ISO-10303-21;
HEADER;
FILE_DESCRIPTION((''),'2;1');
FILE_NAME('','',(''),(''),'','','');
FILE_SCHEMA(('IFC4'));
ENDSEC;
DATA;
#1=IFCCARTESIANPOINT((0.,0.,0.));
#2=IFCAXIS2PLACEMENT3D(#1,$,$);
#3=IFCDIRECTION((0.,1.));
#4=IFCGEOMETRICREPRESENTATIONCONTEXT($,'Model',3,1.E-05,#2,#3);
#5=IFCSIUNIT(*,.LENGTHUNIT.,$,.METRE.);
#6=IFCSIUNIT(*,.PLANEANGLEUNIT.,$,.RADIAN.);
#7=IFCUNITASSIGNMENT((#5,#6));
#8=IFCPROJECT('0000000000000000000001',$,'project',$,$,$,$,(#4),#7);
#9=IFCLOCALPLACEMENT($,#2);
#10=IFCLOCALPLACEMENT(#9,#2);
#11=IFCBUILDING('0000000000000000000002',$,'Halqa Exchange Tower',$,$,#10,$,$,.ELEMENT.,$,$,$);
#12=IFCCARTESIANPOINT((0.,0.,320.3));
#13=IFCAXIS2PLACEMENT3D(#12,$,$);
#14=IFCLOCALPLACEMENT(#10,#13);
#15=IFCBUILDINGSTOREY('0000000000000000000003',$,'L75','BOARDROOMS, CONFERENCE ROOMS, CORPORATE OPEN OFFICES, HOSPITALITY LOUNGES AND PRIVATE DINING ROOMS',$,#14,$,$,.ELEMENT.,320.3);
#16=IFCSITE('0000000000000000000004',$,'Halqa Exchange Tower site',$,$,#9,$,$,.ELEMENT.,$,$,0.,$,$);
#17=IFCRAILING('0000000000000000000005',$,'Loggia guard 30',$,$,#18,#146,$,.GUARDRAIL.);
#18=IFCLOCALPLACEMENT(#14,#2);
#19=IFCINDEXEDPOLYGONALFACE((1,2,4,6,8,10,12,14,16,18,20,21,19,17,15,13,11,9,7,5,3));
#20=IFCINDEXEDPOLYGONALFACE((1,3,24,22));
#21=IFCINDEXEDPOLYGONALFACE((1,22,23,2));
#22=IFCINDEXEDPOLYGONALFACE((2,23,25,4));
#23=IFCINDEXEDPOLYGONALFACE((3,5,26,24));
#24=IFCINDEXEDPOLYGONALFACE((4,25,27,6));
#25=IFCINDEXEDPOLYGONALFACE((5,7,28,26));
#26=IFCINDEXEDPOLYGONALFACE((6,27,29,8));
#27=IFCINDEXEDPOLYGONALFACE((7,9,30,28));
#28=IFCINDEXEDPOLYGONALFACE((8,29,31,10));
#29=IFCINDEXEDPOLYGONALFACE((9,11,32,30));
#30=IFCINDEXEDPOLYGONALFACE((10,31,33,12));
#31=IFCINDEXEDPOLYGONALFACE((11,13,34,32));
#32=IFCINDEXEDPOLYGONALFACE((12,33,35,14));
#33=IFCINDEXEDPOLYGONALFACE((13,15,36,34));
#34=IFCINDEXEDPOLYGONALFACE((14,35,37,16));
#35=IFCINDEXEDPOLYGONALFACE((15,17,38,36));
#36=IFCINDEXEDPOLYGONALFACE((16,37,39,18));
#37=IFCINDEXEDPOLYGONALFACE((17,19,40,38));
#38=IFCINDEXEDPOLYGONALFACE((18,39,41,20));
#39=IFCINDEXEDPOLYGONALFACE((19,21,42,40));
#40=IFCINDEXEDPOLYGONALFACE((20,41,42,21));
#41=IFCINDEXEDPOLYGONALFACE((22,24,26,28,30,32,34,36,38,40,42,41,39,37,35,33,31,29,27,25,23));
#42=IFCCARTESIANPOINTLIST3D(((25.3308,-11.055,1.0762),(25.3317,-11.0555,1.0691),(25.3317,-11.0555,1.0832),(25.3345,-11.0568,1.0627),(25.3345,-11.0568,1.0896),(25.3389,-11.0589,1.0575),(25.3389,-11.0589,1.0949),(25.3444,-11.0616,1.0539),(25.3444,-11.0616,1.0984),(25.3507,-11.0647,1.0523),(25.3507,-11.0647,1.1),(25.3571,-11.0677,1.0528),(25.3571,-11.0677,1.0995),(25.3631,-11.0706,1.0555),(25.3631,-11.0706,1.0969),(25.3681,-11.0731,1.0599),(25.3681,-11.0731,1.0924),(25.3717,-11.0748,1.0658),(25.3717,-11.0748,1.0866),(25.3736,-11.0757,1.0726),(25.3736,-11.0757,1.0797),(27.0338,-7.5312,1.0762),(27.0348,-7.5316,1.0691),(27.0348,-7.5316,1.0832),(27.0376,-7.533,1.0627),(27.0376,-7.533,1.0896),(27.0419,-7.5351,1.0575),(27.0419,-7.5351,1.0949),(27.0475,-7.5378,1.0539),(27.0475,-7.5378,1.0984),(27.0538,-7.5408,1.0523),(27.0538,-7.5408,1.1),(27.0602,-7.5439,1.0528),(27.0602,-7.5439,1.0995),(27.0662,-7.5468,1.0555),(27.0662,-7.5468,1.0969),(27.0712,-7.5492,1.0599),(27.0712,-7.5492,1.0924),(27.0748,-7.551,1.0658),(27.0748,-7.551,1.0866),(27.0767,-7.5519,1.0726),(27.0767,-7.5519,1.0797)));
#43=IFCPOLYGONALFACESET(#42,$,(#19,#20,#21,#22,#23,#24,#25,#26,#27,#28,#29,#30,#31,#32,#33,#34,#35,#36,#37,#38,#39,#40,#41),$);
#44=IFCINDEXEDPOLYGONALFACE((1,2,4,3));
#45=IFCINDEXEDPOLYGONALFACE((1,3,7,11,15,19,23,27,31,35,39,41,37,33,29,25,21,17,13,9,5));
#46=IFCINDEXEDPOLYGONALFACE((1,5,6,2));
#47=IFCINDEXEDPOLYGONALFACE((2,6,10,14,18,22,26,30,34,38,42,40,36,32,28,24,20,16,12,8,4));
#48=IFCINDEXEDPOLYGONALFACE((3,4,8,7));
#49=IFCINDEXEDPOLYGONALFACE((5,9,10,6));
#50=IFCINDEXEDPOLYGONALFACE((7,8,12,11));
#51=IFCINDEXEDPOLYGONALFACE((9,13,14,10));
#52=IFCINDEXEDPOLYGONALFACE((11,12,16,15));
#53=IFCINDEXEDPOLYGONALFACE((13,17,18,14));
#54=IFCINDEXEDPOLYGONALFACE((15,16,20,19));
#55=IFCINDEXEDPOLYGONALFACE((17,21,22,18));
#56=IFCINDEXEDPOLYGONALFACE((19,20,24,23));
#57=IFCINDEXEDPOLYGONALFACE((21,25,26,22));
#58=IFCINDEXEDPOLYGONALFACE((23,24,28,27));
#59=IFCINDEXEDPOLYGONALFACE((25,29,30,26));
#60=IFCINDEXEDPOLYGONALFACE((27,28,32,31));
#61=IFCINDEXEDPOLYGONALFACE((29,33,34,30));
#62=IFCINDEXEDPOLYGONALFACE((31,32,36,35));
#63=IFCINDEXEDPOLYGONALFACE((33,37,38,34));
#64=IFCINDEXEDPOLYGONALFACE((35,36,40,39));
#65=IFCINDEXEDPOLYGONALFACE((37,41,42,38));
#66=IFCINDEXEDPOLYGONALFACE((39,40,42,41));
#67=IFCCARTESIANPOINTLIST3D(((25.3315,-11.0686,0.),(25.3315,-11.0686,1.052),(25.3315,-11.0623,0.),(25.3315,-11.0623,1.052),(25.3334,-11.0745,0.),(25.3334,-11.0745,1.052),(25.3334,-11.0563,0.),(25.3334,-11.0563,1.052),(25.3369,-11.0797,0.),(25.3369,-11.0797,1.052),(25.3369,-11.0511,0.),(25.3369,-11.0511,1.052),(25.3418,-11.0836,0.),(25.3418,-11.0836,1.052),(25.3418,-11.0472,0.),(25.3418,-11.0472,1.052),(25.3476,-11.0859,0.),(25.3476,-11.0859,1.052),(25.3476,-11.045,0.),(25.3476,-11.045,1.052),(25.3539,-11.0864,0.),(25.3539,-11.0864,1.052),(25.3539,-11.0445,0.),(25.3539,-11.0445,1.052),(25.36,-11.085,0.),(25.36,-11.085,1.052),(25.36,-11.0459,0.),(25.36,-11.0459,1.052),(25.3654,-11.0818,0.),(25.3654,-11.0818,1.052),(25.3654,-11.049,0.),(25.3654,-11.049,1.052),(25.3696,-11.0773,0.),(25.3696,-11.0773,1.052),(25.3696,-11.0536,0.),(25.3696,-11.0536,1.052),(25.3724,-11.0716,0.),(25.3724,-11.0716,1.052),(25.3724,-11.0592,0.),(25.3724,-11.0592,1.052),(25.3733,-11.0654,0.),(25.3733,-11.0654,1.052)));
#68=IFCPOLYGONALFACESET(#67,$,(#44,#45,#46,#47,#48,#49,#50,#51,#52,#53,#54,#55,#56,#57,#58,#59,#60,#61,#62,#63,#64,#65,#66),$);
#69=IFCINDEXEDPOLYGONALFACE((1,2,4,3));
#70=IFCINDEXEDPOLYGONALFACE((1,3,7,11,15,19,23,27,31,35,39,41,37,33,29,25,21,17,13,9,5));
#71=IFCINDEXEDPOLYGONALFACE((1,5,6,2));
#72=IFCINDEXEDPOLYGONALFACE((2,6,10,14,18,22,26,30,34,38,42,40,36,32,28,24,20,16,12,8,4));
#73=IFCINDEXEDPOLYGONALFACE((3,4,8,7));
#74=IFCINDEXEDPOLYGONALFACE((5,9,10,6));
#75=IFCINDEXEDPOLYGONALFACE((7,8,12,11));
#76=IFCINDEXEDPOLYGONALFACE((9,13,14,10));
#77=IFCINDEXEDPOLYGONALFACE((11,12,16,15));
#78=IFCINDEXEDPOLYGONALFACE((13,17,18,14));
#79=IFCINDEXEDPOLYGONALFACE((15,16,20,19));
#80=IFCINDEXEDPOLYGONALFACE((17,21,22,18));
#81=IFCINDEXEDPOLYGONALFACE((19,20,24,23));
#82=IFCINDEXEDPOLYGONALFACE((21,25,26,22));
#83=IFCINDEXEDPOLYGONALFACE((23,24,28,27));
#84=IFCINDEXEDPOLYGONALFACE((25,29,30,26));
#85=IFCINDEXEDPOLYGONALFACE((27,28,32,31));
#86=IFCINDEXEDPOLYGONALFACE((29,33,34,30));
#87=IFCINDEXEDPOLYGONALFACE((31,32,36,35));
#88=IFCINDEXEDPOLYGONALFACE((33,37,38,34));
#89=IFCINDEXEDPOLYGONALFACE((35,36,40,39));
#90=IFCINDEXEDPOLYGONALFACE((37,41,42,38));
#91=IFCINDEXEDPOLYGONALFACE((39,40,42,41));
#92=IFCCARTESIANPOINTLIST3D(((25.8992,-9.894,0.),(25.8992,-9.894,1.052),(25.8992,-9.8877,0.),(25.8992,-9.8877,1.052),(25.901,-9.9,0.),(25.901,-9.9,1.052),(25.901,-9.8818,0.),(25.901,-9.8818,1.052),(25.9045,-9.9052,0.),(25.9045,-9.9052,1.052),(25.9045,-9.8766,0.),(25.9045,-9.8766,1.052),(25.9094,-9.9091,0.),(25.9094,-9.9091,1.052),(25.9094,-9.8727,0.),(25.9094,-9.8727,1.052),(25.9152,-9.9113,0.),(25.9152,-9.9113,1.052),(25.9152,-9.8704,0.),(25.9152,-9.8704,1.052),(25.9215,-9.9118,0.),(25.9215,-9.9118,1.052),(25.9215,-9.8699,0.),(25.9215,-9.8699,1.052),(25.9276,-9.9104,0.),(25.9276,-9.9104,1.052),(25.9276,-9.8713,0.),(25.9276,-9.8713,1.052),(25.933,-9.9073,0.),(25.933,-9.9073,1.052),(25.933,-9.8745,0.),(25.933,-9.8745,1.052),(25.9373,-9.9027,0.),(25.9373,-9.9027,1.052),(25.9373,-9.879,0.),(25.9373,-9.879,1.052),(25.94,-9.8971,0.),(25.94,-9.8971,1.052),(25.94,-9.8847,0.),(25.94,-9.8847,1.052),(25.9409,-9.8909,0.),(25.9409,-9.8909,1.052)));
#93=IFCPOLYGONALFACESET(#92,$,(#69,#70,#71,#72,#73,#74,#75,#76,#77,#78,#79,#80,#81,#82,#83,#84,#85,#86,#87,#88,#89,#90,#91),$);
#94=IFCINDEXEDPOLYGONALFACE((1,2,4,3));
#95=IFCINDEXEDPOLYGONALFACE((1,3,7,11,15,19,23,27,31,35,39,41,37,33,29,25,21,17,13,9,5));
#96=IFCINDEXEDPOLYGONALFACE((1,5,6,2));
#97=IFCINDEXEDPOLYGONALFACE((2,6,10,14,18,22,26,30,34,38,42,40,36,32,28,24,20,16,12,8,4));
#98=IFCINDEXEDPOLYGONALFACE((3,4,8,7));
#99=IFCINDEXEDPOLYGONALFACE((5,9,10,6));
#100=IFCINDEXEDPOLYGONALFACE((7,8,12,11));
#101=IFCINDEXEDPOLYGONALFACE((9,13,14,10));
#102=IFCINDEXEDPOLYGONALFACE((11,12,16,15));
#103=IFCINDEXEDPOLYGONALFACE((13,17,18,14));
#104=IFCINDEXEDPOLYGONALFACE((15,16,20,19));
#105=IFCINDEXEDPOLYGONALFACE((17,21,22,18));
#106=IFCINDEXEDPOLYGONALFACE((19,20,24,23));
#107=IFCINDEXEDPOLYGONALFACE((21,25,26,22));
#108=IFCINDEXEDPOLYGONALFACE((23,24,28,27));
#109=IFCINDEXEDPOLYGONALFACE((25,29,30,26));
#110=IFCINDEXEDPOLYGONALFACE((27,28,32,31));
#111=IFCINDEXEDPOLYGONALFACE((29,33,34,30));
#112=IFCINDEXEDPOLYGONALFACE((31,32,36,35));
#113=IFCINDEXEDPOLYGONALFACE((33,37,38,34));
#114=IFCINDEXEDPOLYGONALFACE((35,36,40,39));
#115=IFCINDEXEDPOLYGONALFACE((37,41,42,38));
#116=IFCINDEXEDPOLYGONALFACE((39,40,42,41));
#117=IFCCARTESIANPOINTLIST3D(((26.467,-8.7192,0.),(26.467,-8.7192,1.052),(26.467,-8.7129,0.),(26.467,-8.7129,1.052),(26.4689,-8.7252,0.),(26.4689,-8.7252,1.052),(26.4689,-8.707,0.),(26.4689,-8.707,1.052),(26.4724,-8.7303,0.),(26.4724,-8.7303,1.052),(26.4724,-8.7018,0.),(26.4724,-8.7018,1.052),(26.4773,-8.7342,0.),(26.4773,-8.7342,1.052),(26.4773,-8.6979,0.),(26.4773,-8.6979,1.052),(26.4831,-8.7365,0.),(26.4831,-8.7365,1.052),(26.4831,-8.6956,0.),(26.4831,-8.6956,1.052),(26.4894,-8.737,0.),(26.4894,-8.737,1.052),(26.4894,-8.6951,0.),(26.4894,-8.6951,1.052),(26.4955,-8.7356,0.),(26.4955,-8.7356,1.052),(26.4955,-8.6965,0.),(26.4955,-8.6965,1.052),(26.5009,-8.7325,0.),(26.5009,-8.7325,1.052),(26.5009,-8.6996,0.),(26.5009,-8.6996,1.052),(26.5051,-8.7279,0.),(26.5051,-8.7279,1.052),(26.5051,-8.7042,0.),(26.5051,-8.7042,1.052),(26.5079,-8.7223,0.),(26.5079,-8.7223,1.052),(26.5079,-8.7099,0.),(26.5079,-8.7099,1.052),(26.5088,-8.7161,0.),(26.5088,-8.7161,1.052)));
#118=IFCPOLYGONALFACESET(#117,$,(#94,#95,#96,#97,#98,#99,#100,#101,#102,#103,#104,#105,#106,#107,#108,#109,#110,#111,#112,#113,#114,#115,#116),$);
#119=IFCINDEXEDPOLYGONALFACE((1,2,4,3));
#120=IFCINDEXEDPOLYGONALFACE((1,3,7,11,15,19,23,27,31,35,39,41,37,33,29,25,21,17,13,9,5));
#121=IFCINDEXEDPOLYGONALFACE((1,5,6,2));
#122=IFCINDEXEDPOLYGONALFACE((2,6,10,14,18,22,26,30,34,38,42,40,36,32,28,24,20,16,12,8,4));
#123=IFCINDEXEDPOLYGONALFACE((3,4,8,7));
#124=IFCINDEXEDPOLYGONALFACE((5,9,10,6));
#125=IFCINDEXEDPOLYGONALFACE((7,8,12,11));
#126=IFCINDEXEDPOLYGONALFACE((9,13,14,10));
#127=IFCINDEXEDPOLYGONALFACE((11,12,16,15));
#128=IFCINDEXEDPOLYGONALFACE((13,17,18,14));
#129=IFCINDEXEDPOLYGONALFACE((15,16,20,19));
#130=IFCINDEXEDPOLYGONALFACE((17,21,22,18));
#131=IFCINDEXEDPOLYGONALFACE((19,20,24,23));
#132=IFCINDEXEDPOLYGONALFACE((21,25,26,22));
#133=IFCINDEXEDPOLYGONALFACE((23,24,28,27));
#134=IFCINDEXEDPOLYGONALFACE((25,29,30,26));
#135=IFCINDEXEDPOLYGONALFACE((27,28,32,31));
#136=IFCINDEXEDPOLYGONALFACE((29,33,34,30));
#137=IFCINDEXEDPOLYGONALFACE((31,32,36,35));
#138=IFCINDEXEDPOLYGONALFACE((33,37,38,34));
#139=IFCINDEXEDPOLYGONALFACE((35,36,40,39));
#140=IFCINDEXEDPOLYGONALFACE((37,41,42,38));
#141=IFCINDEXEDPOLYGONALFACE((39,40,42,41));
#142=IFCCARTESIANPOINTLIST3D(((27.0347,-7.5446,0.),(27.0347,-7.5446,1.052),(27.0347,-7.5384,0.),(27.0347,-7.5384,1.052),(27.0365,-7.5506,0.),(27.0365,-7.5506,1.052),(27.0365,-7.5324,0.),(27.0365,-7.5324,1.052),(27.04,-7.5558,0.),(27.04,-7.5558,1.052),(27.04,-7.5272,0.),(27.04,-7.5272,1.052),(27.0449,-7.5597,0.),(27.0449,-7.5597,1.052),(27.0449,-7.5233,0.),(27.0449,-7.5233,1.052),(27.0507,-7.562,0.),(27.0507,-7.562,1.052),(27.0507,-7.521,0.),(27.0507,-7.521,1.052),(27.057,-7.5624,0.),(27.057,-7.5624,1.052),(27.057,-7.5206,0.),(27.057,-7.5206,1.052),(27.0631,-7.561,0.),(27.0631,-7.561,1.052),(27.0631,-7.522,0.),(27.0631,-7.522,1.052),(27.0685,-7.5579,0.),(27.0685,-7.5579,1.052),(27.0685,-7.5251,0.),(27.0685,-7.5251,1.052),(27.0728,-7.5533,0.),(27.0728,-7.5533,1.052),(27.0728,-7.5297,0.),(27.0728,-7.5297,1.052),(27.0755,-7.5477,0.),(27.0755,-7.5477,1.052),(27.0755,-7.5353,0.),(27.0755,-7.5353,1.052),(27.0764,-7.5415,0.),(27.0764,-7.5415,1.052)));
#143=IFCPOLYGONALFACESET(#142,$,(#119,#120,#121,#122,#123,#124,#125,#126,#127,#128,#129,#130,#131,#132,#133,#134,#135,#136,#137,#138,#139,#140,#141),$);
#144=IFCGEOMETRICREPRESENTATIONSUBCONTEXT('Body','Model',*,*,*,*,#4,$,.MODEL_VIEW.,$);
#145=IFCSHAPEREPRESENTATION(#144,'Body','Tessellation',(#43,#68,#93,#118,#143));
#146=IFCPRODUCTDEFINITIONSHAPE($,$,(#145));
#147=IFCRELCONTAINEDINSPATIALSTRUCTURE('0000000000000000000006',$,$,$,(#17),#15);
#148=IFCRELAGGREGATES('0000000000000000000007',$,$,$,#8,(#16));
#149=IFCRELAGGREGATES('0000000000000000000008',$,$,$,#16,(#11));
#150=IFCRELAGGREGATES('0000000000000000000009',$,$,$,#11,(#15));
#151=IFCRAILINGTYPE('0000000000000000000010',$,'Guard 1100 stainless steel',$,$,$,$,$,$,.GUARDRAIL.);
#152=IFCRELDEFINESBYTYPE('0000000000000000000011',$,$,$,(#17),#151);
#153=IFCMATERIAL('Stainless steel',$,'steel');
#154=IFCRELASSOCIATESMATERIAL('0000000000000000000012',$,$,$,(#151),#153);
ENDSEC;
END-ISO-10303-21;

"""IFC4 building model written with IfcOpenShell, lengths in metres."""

from ifc_helpers import new_model, si_unit, direction, frame, origin, origin_2d, place, context, subcontext, project, spatial, circle, extrude, material, type_object, element, save


model = new_model("IFC4")

# Units and contexts
model_context = context("Model", 3, precision=1e-05, world=origin(), true_north=direction((0.0, 1.0)))
body_context = subcontext(model_context, "Body", "Model", "MODEL_VIEW")
ifc_project = project(units=[si_unit("LENGTHUNIT", "METRE"), si_unit("PLANEANGLEUNIT", "RADIAN")], contexts=[model_context])

# Site, building, storey
site_placement = place(None, origin())
site = spatial("IfcSite", under=ifc_project, at=site_placement, Name="Halqa Exchange Tower site", CompositionType="ELEMENT", RefElevation=0.0)
building_placement = place(site_placement, origin())
building = spatial("IfcBuilding", under=site, at=building_placement, Name="Halqa Exchange Tower", CompositionType="ELEMENT")
storey_placement = place(building_placement, frame((0.0, 0.0, 320.3)))
storey = spatial("IfcBuildingStorey", under=building, at=storey_placement, Name="L75", Description="BOARDROOMS, CONFERENCE ROOMS, CORPORATE OPEN OFFICES, HOSPITALITY LOUNGES AND PRIVATE DINING ROOMS", CompositionType="ELEMENT", Elevation=320.3)

# Railing
ifc_material_1 = material(Name="Stainless steel", Category="steel")
railing_type = type_object("IfcRailingType", Name="Guard 1100 stainless steel", PredefinedType="GUARDRAIL", material=ifc_material_1)
railing_1_placement = place(storey_placement, frame((25.3523, -11.0654, 0.0)))
element("IfcRailing", 1, at=railing_1_placement, inside=storey, type_object=railing_type, Name="Loggia guard 30", PredefinedType="GUARDRAIL", context=body_context, shape_type="SweptSolid", body=[
    extrude(circle(Radius=0.0239, at=origin_2d()), frame((0.0, 0.0, 1.0762), z_axis=(0.435147, 0.90036, 0.0), x_axis=(-0.90036, 0.435147, 0.0)), (0.0, 0.0, 1.0), 3.9138),
    extrude(circle(Radius=0.021, at=origin_2d()), origin(), (0.0, 0.0, 1.0), 1.052),
    extrude(circle(Radius=0.021, at=origin_2d()), frame((0.5676, 1.1746, 0.0)), (0.0, 0.0, 1.0), 1.052),
    extrude(circle(Radius=0.021, at=origin_2d()), frame((1.1355, 2.3494, 0.0)), (0.0, 0.0, 1.0), 1.052),
    extrude(circle(Radius=0.021, at=origin_2d()), frame((1.7031, 3.5239, 0.0)), (0.0, 0.0, 1.0), 1.052),
])

save(model, "model.ifc")
